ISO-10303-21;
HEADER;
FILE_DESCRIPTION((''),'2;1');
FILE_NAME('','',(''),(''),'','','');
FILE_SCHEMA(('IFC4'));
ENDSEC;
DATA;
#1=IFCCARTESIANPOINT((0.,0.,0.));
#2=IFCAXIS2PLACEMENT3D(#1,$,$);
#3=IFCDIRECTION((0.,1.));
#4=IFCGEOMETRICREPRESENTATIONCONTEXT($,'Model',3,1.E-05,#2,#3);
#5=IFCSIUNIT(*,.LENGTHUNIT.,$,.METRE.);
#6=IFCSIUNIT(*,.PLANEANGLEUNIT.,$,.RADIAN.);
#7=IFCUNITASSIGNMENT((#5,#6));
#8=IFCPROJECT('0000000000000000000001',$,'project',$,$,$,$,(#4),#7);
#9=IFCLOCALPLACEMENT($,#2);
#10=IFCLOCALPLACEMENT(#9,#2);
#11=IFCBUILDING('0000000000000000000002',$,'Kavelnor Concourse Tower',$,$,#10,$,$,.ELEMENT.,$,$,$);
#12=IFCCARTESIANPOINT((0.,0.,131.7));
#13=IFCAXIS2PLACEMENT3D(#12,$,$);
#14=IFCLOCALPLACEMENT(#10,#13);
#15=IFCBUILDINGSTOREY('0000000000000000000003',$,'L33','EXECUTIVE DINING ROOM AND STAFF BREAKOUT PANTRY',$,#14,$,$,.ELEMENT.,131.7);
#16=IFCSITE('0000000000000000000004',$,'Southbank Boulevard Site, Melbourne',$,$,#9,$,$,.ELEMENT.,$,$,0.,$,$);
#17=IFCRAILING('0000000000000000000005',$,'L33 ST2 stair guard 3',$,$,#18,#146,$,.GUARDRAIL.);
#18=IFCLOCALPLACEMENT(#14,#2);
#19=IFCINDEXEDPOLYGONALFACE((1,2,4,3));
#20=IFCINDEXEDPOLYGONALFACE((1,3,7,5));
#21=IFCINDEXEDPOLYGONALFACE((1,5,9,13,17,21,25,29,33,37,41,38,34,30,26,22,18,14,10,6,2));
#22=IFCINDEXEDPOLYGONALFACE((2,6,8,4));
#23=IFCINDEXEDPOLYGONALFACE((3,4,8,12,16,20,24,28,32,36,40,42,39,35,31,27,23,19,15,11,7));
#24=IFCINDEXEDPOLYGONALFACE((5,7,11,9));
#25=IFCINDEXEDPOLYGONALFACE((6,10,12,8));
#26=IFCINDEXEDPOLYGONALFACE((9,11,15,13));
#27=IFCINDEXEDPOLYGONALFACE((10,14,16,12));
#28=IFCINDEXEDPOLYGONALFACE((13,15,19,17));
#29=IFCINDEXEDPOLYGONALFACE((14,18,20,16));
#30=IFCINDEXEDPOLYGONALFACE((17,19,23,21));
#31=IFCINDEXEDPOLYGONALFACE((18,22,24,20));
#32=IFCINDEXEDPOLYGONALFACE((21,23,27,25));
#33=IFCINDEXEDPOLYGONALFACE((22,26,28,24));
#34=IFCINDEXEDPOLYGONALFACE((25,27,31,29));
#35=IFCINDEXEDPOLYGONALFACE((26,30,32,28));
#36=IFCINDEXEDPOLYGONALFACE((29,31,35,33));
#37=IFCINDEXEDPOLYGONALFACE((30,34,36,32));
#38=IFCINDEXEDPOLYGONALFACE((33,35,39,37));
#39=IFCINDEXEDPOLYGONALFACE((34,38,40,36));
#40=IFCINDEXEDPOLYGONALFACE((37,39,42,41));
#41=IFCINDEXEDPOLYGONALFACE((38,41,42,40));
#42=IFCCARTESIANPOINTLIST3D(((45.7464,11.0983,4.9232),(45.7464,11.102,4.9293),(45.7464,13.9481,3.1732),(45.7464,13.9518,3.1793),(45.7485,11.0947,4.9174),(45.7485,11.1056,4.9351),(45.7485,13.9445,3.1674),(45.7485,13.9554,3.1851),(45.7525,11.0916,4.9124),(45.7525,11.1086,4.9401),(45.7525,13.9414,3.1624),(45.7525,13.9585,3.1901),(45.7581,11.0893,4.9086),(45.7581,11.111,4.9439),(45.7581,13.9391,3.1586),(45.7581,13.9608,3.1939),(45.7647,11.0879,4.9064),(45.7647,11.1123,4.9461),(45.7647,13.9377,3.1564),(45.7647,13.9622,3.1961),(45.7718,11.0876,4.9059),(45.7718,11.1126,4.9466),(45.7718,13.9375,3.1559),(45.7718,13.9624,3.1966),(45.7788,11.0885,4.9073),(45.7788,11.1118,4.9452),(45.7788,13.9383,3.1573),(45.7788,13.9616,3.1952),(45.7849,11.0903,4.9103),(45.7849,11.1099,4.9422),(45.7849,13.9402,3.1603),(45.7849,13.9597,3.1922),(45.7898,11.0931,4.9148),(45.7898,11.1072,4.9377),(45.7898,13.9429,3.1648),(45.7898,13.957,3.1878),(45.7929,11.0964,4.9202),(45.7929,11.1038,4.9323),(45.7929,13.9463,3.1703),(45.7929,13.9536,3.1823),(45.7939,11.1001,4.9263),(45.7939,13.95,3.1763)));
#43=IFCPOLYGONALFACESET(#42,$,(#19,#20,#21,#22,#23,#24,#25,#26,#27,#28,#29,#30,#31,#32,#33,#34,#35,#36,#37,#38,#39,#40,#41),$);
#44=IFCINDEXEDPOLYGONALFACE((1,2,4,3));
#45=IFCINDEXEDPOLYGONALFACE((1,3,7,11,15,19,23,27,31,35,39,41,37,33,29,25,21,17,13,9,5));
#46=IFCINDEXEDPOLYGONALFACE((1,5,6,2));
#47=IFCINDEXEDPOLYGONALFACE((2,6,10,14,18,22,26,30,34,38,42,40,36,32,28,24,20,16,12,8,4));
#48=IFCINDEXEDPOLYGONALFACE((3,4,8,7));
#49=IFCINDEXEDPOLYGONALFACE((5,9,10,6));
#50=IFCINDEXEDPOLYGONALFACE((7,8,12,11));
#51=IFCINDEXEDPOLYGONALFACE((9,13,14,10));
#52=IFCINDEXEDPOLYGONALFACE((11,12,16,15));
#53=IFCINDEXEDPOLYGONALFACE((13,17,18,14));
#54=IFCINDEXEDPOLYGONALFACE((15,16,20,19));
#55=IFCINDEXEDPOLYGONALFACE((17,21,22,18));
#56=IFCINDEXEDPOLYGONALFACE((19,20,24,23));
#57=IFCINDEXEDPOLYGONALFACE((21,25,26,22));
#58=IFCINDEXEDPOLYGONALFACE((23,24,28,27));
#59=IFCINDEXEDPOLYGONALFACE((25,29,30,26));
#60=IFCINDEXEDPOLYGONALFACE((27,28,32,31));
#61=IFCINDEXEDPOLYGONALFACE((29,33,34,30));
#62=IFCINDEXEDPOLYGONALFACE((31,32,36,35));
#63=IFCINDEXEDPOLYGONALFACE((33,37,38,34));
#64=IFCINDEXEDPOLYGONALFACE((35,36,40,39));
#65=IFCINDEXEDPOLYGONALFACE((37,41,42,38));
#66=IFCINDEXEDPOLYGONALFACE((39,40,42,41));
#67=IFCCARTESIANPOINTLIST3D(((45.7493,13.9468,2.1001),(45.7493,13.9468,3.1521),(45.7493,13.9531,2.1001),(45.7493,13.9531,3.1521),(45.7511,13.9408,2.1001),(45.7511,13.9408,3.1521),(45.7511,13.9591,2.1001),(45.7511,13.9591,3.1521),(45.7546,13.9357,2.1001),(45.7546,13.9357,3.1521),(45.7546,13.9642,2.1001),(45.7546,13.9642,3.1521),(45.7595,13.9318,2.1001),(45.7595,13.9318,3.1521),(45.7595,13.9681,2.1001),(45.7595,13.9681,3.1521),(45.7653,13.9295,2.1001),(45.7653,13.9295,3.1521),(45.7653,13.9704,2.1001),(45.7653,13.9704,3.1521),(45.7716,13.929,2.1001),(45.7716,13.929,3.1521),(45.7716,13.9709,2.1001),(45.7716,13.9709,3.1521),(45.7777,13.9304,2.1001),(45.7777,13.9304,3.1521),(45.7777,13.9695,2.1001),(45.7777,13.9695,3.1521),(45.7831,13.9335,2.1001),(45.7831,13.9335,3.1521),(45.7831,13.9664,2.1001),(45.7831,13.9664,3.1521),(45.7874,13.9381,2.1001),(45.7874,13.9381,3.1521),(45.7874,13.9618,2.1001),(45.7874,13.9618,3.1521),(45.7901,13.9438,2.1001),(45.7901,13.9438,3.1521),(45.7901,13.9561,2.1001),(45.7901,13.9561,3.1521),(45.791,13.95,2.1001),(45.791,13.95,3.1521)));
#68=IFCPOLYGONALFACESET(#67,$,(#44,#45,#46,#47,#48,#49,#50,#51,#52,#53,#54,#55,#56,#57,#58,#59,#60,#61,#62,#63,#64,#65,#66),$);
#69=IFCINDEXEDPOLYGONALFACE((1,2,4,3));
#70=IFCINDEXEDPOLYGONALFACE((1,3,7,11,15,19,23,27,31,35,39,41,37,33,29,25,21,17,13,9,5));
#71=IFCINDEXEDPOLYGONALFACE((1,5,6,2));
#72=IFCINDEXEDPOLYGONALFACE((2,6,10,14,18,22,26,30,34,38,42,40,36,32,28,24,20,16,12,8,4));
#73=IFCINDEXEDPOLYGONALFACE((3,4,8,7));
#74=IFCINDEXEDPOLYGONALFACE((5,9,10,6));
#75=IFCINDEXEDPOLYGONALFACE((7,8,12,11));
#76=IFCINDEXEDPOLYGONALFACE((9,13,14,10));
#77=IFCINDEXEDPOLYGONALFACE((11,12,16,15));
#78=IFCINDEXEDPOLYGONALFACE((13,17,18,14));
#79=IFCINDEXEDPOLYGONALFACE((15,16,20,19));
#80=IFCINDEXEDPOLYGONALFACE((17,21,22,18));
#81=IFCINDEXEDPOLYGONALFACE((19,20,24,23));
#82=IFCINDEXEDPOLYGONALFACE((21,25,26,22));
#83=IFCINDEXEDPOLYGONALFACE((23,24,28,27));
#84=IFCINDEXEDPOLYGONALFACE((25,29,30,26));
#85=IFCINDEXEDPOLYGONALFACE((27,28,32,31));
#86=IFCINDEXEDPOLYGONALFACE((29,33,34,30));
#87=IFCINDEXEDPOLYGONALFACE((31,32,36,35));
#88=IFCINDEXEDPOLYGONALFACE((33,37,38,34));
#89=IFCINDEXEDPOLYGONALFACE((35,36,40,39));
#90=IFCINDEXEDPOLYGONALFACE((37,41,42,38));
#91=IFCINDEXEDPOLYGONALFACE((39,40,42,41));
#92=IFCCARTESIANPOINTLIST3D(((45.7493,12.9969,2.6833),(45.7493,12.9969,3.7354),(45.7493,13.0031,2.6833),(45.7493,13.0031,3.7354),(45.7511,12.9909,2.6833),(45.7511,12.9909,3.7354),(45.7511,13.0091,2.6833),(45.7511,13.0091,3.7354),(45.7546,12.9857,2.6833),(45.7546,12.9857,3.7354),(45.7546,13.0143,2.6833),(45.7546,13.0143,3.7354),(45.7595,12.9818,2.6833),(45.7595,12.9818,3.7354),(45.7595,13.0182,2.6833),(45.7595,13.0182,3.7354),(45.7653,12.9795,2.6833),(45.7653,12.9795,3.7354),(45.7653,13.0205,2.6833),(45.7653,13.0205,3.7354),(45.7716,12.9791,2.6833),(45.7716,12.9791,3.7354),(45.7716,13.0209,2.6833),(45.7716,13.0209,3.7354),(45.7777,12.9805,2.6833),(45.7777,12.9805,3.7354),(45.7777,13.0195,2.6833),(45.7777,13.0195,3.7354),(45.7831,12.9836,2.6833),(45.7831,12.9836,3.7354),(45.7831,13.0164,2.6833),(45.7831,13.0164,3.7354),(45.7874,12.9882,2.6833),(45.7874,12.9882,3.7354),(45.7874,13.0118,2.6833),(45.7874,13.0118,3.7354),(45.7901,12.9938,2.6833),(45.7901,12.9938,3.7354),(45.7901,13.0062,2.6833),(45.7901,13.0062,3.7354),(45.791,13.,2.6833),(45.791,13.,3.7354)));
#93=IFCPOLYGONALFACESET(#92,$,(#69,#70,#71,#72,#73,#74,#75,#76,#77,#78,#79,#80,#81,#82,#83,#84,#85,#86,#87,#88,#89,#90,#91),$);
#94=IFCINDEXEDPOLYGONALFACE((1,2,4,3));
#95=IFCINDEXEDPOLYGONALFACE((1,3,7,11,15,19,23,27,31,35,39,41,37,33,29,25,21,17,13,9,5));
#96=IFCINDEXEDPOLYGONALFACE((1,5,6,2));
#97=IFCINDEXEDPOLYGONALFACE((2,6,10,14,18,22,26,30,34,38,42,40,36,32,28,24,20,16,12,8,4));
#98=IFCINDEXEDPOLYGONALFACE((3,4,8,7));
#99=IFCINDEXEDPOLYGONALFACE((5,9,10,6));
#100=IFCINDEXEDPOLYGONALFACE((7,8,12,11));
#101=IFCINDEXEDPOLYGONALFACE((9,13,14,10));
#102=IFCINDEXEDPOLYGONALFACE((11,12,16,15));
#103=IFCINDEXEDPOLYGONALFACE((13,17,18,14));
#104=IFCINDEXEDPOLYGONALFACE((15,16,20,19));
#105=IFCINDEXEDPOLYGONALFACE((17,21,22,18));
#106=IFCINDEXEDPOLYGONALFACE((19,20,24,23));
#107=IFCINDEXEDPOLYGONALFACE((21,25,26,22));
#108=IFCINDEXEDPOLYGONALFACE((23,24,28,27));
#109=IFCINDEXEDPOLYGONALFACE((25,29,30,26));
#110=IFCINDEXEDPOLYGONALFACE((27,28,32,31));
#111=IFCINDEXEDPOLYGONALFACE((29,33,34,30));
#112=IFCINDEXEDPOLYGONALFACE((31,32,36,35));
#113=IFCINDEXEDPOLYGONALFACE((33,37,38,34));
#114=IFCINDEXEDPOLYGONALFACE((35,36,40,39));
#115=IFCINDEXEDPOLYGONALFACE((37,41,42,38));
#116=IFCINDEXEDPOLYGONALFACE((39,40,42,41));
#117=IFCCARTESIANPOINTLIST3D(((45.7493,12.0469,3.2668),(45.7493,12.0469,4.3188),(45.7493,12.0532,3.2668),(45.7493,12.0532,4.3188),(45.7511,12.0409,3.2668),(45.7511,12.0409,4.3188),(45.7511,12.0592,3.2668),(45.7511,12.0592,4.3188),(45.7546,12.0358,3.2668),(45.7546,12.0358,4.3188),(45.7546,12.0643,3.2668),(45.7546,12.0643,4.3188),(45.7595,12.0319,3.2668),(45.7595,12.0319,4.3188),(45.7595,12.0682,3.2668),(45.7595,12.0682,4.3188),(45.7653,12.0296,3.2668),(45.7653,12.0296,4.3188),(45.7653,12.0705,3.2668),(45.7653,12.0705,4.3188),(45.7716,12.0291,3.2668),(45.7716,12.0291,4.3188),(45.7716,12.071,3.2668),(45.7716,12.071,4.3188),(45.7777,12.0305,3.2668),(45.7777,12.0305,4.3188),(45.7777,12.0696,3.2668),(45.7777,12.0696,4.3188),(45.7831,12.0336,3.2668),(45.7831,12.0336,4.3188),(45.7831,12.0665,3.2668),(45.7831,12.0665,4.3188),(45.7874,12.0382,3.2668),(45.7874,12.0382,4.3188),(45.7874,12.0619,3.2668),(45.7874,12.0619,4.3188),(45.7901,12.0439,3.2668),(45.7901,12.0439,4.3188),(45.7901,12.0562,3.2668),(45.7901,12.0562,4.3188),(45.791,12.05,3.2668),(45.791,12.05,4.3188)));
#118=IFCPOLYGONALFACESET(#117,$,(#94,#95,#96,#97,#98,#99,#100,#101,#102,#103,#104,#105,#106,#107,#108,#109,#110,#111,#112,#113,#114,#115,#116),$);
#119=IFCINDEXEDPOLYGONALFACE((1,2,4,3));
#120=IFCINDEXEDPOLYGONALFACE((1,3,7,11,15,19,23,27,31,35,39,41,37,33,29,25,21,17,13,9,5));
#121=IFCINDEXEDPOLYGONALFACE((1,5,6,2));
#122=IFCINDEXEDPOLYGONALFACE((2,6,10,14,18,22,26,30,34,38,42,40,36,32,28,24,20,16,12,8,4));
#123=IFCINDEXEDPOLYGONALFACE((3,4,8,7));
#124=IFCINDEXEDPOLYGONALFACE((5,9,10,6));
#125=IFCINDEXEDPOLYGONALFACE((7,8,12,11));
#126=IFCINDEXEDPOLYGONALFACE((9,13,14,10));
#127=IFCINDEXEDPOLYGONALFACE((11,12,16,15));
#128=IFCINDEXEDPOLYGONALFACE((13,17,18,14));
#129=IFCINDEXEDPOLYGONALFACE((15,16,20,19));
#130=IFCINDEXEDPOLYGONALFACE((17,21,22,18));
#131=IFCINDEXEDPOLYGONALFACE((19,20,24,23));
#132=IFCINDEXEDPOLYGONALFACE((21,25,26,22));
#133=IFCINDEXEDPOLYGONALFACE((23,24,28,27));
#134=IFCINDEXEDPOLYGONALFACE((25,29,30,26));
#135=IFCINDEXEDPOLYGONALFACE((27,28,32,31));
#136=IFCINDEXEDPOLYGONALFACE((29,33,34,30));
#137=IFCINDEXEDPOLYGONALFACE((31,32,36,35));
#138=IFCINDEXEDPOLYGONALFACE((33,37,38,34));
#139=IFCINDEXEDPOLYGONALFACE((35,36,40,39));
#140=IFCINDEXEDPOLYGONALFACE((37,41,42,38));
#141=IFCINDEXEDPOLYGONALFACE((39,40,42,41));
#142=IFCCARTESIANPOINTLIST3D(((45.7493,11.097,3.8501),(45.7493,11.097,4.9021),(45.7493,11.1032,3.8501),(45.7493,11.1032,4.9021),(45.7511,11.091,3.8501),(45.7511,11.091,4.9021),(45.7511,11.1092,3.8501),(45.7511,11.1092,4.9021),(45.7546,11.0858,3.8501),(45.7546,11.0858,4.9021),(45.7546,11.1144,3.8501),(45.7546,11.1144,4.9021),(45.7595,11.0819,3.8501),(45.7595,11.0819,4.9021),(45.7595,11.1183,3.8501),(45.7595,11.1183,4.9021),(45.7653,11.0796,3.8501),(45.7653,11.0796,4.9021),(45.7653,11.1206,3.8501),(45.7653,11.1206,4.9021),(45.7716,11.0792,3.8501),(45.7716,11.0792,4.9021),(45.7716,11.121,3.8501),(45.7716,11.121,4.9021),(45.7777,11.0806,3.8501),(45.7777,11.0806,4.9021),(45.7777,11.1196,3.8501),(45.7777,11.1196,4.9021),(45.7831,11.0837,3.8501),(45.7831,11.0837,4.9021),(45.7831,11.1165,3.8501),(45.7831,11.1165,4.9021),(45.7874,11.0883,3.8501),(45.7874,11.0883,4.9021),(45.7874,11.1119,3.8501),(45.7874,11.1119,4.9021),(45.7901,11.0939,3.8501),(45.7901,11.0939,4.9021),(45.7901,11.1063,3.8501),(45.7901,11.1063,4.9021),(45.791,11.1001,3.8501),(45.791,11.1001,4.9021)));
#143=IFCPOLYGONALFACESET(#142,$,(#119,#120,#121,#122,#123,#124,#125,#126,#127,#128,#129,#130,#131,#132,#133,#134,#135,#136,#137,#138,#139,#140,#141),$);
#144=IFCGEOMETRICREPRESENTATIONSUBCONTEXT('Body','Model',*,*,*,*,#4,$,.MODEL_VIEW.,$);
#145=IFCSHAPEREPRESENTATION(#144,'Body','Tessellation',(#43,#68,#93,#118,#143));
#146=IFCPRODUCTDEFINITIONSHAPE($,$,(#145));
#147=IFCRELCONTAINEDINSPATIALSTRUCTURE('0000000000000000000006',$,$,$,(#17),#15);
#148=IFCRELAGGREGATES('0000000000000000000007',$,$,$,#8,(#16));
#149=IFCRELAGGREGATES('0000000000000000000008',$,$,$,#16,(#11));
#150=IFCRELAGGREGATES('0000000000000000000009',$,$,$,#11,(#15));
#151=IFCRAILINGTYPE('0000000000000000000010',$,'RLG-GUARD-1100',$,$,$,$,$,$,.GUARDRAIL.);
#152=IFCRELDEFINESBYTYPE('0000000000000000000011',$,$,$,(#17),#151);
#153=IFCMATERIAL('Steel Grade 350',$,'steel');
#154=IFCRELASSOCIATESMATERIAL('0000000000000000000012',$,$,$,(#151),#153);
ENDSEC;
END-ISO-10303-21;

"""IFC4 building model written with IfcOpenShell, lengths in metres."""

from ifc_helpers import new_model, si_unit, direction, frame, origin, origin_2d, place, context, subcontext, project, spatial, circle, extrude, material, type_object, element, save


model = new_model("IFC4")

# Units and contexts
model_context = context("Model", 3, precision=1e-05, world=origin(), true_north=direction((0.0, 1.0)))
body_context = subcontext(model_context, "Body", "Model", "MODEL_VIEW")
ifc_project = project(units=[si_unit("LENGTHUNIT", "METRE"), si_unit("PLANEANGLEUNIT", "RADIAN")], contexts=[model_context])

# Site, building, storey
site_placement = place(None, origin())
site = spatial("IfcSite", under=ifc_project, at=site_placement, Name="Southbank Boulevard Site, Melbourne", CompositionType="ELEMENT", RefElevation=0.0)
building_placement = place(site_placement, origin())
building = spatial("IfcBuilding", under=site, at=building_placement, Name="Kavelnor Concourse Tower", CompositionType="ELEMENT")
storey_placement = place(building_placement, frame((0.0, 0.0, 131.7)))
storey = spatial("IfcBuildingStorey", under=building, at=storey_placement, Name="L33", Description="EXECUTIVE DINING ROOM AND STAFF BREAKOUT PANTRY", CompositionType="ELEMENT", Elevation=131.7)

# Shared definitions
ifc_material_1 = material(Name="Steel Grade 350", Category="steel")

# Railing
railing_type_1 = type_object("IfcRailingType", Name="RLG-GUARD-1100", PredefinedType="GUARDRAIL", material=ifc_material_1)
railing_1_placement = place(storey_placement, frame((45.77, 13.95, 2.1001)))
element("IfcRailing", 1, at=railing_1_placement, inside=storey, type_object=railing_type_1, Name="L33 ST2 stair guard 3", PredefinedType="GUARDRAIL", context=body_context, shape_type="SweptSolid", body=[
    extrude(circle(Radius=0.0239, at=origin_2d()), frame((0.0, 0.0, 1.0762), z_axis=(0.0, -0.852159, 0.523283), x_axis=(1.0, 0.0, 0.0)), (0.0, 0.0, 1.0), 3.3442),
    extrude(circle(Radius=0.021, at=origin_2d()), origin(), (0.0, 0.0, 1.0), 1.052),
    extrude(circle(Radius=0.021, at=origin_2d()), frame((0.0, -0.95, 0.5833)), (0.0, 0.0, 1.0), 1.052),
    extrude(circle(Radius=0.021, at=origin_2d()), frame((0.0, -1.8999, 1.1667)), (0.0, 0.0, 1.0), 1.052),
    extrude(circle(Radius=0.021, at=origin_2d()), frame((0.0, -2.8499, 1.75)), (0.0, 0.0, 1.0), 1.052),
])

save(model, "model.ifc")
